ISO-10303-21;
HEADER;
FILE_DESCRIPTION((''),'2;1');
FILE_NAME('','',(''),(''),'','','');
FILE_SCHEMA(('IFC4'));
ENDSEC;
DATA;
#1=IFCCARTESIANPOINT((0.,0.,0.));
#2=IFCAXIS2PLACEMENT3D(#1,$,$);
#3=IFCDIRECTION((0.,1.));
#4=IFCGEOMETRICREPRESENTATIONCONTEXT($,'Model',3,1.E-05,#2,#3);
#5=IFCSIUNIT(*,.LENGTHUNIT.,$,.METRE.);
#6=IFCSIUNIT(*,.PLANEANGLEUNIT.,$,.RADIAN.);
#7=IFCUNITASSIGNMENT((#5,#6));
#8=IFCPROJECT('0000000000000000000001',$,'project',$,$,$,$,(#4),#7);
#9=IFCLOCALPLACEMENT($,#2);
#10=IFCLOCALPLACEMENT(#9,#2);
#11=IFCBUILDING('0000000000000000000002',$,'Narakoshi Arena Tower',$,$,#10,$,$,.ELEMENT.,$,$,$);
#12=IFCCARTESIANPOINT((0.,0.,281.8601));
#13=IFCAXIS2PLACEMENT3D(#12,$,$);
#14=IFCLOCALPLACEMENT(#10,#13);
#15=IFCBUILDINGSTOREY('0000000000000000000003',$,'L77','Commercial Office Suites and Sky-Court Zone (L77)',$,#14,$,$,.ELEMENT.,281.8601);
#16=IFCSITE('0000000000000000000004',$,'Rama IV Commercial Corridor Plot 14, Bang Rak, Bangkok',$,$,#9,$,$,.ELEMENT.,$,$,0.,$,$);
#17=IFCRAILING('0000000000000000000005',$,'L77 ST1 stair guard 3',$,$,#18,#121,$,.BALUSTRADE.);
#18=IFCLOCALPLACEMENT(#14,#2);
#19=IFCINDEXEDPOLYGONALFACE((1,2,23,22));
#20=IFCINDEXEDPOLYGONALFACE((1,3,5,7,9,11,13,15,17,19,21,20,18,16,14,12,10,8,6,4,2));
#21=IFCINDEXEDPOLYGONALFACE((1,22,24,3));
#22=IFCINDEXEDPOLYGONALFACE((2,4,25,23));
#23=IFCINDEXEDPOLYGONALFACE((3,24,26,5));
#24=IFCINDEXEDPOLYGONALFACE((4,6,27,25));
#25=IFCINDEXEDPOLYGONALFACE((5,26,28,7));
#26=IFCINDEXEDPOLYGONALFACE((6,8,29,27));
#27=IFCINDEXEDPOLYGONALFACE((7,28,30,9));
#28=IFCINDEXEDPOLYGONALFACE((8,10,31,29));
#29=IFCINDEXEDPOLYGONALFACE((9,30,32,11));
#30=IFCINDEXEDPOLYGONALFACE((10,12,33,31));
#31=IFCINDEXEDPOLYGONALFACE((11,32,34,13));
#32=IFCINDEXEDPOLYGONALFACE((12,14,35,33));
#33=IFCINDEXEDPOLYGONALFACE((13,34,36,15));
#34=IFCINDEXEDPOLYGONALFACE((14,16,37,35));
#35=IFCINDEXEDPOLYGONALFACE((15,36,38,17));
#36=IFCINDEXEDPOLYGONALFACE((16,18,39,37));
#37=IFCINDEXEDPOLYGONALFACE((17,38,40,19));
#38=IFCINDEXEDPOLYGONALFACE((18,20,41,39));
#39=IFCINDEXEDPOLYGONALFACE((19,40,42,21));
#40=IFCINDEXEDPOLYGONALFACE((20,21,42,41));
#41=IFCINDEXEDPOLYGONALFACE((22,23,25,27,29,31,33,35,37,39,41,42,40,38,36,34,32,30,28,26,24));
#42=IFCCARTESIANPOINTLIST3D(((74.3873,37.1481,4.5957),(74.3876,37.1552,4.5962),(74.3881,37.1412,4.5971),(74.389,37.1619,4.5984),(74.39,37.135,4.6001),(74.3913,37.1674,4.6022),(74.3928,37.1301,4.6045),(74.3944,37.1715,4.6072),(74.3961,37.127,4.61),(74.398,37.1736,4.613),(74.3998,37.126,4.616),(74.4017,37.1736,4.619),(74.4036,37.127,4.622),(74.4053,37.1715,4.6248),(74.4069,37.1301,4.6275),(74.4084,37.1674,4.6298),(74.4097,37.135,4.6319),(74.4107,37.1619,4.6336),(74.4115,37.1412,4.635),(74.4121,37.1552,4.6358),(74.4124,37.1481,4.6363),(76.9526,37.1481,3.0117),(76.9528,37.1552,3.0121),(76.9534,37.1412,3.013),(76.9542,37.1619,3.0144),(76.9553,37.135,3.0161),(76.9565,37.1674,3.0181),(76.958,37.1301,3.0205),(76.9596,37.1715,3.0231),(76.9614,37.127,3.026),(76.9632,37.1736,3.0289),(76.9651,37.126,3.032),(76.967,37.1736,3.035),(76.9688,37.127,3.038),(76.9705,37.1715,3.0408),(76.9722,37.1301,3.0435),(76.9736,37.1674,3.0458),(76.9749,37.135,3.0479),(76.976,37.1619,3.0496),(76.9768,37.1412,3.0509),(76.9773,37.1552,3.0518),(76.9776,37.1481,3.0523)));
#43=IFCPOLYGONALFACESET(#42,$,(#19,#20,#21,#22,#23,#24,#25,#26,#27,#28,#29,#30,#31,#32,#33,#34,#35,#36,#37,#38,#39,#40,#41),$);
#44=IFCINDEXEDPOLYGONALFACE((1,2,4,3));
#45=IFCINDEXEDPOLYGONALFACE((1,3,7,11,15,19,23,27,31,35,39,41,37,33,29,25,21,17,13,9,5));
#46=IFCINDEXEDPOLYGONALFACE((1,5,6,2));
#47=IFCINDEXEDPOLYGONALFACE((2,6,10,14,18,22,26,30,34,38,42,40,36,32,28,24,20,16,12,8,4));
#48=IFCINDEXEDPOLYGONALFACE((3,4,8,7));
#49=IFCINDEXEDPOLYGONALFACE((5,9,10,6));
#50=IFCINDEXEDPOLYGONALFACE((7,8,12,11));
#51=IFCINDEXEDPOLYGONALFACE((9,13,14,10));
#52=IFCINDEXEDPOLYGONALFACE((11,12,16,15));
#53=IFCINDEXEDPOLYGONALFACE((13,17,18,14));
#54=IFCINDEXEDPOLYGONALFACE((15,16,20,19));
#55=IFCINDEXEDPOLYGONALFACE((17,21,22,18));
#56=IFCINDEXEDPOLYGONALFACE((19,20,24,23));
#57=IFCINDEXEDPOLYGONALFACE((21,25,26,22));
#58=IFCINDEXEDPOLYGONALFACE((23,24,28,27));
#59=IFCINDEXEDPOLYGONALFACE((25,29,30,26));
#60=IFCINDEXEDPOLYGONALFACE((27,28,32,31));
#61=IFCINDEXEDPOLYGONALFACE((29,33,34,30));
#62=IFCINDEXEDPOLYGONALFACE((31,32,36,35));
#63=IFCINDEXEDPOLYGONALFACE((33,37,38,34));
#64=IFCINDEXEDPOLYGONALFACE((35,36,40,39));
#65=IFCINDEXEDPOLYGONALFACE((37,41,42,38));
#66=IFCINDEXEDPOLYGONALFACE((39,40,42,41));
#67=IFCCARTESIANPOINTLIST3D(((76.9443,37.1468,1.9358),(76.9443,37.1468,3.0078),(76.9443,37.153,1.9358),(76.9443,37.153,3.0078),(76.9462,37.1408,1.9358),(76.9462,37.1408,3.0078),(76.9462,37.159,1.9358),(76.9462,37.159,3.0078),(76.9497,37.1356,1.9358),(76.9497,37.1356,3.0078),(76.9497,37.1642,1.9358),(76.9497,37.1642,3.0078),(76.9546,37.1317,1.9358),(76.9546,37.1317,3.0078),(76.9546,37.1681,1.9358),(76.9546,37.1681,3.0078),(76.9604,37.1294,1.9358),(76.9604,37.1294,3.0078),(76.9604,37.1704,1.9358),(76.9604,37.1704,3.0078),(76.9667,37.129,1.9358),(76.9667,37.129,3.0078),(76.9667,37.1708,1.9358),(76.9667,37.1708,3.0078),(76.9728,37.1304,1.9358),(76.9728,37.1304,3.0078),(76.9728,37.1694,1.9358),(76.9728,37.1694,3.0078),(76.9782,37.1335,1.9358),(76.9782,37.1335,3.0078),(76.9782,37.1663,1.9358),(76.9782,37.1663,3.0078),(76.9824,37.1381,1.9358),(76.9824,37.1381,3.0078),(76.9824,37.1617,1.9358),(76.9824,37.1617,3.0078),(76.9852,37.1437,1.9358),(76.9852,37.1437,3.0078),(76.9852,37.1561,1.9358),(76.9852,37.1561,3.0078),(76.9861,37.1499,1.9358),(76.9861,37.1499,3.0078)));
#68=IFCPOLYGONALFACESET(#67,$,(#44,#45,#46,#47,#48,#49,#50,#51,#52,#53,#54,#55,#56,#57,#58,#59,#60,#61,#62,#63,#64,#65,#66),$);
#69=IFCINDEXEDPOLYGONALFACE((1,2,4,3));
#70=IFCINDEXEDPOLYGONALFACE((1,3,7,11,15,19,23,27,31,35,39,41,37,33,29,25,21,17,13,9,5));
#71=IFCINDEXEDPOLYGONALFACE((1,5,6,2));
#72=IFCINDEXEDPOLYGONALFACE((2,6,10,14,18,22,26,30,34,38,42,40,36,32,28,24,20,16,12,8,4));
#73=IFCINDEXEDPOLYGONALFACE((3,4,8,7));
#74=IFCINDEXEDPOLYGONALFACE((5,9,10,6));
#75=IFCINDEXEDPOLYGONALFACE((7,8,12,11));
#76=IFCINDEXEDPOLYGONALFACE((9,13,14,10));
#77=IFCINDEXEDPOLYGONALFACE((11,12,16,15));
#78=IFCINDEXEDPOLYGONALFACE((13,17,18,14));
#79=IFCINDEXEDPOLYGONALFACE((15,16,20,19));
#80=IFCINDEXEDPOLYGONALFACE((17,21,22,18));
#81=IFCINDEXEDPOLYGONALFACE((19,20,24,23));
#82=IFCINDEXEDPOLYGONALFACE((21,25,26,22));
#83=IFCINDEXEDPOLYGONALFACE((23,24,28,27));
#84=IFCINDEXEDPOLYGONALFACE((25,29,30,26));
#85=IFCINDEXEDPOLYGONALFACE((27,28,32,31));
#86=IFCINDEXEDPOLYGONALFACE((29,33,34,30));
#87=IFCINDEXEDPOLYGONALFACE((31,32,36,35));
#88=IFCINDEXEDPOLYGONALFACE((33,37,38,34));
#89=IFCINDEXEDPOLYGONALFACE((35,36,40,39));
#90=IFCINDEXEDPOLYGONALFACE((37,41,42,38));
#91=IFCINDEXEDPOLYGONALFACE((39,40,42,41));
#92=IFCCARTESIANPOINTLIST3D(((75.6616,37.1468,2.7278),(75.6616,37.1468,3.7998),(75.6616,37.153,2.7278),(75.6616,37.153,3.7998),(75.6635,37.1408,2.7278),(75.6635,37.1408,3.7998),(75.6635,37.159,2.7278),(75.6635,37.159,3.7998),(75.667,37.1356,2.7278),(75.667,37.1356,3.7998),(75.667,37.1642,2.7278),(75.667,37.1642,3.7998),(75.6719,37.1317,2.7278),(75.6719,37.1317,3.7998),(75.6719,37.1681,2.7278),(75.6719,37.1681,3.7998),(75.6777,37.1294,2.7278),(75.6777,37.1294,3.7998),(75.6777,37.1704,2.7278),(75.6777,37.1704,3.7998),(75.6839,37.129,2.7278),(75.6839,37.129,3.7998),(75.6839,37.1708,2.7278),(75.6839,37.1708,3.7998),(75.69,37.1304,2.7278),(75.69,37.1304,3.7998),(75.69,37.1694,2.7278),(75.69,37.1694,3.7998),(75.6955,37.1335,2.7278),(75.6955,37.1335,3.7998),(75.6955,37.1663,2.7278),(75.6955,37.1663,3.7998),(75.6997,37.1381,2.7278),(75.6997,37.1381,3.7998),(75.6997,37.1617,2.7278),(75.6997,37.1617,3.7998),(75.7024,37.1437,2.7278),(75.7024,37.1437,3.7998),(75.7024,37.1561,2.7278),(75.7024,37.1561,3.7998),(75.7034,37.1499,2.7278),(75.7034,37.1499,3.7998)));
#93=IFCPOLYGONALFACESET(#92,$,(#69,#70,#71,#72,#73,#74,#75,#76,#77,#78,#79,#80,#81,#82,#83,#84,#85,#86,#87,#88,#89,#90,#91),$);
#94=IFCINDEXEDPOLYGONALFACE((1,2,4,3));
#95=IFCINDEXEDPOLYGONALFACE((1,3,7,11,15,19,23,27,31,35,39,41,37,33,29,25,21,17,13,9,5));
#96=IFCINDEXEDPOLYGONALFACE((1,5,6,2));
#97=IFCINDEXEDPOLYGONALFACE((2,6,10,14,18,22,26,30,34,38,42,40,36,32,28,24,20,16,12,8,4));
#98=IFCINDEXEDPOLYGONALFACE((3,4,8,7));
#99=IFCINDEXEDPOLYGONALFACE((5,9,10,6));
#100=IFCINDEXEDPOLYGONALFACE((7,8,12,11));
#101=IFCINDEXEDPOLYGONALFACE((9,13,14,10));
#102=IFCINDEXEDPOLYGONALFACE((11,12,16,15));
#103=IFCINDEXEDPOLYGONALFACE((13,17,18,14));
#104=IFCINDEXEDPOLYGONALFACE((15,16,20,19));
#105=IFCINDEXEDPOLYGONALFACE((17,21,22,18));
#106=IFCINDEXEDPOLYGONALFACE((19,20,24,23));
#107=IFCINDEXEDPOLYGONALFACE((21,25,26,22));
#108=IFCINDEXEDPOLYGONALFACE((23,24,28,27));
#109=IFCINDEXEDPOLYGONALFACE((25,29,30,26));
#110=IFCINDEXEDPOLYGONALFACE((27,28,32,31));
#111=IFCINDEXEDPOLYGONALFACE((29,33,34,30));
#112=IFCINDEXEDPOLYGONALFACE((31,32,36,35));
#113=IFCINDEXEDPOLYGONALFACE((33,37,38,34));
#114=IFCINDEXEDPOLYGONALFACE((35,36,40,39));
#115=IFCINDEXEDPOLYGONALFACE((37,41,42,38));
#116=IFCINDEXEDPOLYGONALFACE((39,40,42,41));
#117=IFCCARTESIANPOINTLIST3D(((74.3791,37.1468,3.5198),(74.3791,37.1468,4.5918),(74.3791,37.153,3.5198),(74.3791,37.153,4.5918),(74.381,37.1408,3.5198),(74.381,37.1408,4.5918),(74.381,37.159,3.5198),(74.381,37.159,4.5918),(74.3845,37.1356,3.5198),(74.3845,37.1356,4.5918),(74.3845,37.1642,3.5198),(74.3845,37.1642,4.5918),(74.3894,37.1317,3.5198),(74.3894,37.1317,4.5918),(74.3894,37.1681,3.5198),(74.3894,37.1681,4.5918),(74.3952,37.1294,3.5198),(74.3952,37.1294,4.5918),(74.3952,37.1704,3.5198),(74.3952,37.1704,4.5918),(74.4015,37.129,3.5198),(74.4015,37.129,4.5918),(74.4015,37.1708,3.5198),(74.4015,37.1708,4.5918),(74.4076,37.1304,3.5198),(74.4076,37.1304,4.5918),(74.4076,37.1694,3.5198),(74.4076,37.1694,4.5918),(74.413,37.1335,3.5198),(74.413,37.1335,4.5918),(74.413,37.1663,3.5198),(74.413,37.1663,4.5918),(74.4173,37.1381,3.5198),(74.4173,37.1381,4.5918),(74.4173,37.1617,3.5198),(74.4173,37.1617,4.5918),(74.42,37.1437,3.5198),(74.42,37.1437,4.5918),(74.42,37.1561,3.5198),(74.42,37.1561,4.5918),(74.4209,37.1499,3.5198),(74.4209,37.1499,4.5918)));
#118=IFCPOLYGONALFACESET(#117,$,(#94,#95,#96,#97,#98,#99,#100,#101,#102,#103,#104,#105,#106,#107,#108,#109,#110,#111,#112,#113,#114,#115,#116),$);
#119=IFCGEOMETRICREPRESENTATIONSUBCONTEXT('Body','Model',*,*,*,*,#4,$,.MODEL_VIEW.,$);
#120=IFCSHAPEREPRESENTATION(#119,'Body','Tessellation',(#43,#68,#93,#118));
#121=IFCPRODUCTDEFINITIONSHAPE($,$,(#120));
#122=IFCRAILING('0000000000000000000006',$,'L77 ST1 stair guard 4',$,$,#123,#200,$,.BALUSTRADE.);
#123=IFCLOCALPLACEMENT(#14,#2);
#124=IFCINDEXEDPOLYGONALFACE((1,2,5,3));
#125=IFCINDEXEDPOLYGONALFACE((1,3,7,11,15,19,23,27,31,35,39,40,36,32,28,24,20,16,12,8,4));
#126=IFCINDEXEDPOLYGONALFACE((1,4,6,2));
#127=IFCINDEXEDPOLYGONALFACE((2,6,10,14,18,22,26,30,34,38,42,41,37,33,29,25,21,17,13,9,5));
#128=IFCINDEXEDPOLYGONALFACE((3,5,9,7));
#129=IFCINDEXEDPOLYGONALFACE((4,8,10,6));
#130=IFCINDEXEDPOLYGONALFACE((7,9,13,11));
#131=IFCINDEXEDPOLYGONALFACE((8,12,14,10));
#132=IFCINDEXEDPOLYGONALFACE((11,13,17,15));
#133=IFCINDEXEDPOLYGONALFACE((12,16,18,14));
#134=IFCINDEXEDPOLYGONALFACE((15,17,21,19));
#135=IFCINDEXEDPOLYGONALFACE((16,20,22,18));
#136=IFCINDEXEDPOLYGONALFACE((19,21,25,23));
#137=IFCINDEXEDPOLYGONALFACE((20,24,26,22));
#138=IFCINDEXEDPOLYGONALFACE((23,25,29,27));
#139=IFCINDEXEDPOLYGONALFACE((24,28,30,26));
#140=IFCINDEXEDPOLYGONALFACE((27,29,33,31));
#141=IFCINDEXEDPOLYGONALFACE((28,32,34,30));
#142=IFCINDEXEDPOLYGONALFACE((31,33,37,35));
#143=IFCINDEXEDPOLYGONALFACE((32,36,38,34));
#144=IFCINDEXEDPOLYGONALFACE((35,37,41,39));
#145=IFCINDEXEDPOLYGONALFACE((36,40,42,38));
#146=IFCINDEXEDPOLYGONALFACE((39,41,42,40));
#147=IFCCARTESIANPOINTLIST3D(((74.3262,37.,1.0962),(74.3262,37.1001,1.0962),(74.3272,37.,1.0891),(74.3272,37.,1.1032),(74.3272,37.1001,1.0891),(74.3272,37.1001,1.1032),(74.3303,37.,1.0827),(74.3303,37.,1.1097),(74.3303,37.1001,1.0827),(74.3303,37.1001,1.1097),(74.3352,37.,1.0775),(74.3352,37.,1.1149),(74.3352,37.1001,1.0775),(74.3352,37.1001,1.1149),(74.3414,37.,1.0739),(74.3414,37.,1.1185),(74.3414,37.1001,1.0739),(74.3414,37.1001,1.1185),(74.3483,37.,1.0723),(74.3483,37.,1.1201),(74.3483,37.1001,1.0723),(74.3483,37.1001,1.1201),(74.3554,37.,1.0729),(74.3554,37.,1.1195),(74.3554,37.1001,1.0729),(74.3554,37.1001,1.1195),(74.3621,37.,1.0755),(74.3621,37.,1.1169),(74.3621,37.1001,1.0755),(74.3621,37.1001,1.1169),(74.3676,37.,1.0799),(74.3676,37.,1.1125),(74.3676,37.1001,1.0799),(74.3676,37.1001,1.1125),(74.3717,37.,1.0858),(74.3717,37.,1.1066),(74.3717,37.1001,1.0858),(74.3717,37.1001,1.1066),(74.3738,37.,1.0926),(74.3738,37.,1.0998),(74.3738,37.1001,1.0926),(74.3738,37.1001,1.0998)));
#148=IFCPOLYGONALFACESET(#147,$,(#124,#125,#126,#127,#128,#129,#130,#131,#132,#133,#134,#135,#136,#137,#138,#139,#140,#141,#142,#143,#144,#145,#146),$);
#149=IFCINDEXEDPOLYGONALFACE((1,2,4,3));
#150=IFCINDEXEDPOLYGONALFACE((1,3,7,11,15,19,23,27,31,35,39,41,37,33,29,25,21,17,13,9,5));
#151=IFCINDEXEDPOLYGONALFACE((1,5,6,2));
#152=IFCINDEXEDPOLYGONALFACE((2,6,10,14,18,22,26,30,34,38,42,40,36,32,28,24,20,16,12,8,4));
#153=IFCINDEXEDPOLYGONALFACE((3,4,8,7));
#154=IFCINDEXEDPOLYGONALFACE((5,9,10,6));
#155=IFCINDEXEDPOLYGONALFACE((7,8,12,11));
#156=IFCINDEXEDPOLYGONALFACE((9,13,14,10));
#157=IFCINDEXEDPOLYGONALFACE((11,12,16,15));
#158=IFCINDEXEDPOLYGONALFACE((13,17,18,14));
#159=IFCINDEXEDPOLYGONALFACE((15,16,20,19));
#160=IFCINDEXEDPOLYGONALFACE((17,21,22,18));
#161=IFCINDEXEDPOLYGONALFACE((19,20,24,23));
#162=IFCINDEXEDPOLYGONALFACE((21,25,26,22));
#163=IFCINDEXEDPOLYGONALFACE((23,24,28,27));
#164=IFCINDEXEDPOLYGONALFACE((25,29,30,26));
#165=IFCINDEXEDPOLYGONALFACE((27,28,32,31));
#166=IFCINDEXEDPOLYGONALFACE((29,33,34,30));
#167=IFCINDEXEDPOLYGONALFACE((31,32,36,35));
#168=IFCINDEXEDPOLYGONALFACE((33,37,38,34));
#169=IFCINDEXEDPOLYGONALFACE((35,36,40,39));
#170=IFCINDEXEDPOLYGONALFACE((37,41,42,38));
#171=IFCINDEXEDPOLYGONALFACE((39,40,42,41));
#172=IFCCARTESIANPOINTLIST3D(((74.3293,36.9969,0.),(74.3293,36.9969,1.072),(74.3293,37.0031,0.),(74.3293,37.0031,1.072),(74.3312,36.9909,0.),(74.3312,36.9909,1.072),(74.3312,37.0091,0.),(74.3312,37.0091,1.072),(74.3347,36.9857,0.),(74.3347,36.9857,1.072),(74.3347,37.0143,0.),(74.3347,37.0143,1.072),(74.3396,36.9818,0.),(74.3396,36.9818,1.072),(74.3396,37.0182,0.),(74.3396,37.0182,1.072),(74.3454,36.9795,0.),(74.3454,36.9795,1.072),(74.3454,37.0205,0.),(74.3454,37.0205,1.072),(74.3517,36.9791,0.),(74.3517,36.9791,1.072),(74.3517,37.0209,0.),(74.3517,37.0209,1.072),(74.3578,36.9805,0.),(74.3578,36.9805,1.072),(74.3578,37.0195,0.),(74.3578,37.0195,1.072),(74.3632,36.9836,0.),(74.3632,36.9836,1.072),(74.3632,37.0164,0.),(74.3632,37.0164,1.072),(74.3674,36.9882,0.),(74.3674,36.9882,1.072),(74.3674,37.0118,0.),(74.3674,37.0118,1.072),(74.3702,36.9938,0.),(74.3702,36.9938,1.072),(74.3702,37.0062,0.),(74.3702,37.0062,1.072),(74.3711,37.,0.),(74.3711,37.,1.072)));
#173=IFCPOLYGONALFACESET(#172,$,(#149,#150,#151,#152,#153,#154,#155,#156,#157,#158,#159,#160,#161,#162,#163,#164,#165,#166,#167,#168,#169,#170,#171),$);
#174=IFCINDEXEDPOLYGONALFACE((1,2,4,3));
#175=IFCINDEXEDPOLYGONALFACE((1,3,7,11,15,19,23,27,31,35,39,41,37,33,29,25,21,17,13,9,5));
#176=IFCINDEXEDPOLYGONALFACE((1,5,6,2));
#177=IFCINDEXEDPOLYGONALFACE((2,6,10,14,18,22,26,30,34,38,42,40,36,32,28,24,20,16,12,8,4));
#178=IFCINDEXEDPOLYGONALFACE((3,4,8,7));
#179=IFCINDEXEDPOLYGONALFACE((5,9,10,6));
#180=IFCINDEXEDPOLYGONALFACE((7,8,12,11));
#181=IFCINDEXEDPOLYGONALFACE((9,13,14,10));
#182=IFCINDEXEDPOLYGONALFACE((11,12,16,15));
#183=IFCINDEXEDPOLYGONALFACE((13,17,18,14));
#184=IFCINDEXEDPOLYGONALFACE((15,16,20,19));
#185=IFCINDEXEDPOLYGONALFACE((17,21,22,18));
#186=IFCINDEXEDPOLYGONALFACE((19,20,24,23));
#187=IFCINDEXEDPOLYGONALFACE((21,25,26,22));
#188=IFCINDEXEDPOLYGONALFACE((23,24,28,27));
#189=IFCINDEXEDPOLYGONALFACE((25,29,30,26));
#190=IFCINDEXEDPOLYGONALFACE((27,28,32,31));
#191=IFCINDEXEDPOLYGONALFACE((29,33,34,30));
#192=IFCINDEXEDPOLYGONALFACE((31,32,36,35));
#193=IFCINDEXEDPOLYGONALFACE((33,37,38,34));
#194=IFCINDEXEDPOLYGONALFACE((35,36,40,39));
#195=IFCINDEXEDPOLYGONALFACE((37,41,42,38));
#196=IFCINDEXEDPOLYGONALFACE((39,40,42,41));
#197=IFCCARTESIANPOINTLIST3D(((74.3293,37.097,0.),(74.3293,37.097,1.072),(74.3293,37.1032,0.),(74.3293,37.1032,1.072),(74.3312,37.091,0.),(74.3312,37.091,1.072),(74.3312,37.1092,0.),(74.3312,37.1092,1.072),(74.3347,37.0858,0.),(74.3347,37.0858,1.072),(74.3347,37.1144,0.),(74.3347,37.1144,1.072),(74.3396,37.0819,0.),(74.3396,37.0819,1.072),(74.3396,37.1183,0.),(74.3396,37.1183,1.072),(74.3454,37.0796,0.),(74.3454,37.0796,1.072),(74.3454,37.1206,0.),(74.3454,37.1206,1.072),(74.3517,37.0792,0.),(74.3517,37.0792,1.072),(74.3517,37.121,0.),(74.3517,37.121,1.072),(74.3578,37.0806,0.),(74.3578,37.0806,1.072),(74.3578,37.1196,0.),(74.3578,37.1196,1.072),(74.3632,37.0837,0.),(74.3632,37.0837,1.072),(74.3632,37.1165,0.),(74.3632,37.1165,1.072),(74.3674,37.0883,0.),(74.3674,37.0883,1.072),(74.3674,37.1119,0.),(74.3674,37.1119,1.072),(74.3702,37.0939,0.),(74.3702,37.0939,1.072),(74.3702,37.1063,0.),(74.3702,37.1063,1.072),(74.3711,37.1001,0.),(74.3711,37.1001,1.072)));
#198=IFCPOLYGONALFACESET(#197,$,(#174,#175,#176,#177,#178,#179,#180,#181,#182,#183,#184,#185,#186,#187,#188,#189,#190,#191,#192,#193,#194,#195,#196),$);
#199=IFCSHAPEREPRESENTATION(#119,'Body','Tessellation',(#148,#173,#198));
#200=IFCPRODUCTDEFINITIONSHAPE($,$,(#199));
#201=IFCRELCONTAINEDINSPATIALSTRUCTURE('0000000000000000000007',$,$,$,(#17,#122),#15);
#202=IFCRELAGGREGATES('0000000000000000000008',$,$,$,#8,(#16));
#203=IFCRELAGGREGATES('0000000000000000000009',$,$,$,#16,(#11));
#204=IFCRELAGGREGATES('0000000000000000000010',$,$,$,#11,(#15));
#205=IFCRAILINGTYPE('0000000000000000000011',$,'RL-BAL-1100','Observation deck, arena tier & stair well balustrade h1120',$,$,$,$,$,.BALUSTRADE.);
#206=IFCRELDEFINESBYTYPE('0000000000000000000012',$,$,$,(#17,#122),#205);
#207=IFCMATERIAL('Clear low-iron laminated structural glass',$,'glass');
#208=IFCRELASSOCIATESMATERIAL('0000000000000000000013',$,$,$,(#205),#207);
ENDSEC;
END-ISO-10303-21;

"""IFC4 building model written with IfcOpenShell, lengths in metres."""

from ifc_helpers import new_model, si_unit, direction, frame, origin, origin_2d, place, context, subcontext, project, spatial, circle, extrude, material, type_object, element, save


model = new_model("IFC4")

# Units and contexts
model_context = context("Model", 3, precision=1e-05, world=origin(), true_north=direction((0.0, 1.0)))
body_context = subcontext(model_context, "Body", "Model", "MODEL_VIEW")
ifc_project = project(units=[si_unit("LENGTHUNIT", "METRE"), si_unit("PLANEANGLEUNIT", "RADIAN")], contexts=[model_context])

# Site, building, storey
site_placement = place(None, origin())
site = spatial("IfcSite", under=ifc_project, at=site_placement, Name="Rama IV Commercial Corridor Plot 14, Bang Rak, Bangkok", CompositionType="ELEMENT", RefElevation=0.0)
building_placement = place(site_placement, origin())
building = spatial("IfcBuilding", under=site, at=building_placement, Name="Narakoshi Arena Tower", CompositionType="ELEMENT")
storey_placement = place(building_placement, frame((0.0, 0.0, 281.8601)))
storey = spatial("IfcBuildingStorey", under=building, at=storey_placement, Name="L77", Description="Commercial Office Suites and Sky-Court Zone (L77)", CompositionType="ELEMENT", Elevation=281.8601)

# Railings
ifc_material_1 = material(Name="Clear low-iron laminated structural glass", Category="glass")
railing_type_1 = type_object("IfcRailingType", Name="RL-BAL-1100", Description="Observation deck, arena tier & stair well balustrade h1120", PredefinedType="BALUSTRADE", material=ifc_material_1)
railing_1_placement = place(storey_placement, frame((76.9651, 37.1499, 1.9358)))
element("IfcRailing", 1, at=railing_1_placement, inside=storey, type_object=railing_type_1, Name="L77 ST1 stair guard 3", PredefinedType="BALUSTRADE", context=body_context, shape_type="SweptSolid", body=[
    extrude(circle(Radius=0.0239, at=origin_2d()), frame((0.0, 0.0, 1.0962), z_axis=(-0.850857, 0.0, 0.525398), x_axis=(0.0, -1.0, 0.0)), (0.0, 0.0, 1.0), 3.0149),
    extrude(circle(Radius=0.021, at=origin_2d()), origin(), (0.0, 0.0, 1.0), 1.072),
    extrude(circle(Radius=0.021, at=origin_2d()), frame((-1.2827, 0.0, 0.792)), (0.0, 0.0, 1.0), 1.072),
    extrude(circle(Radius=0.021, at=origin_2d()), frame((-2.5652, 0.0, 1.584)), (0.0, 0.0, 1.0), 1.072),
])
railing_2_placement = place(storey_placement, frame((74.3501, 37.0, 0.0)))
element("IfcRailing", 2, at=railing_2_placement, inside=storey, type_object=railing_type_1, Name="L77 ST1 stair guard 4", PredefinedType="BALUSTRADE", context=body_context, shape_type="SweptSolid", body=[
    extrude(circle(Radius=0.0239, at=origin_2d()), frame((0.0, 0.0, 1.0962), z_axis=(0.0, 1.0, 0.0), x_axis=(-1.0, 0.0, 0.0)), (0.0, 0.0, 1.0), 0.1001),
    extrude(circle(Radius=0.021, at=origin_2d()), origin(), (0.0, 0.0, 1.0), 1.072),
    extrude(circle(Radius=0.021, at=origin_2d()), frame((0.0, 0.1001, 0.0)), (0.0, 0.0, 1.0), 1.072),
])

save(model, "model.ifc")
